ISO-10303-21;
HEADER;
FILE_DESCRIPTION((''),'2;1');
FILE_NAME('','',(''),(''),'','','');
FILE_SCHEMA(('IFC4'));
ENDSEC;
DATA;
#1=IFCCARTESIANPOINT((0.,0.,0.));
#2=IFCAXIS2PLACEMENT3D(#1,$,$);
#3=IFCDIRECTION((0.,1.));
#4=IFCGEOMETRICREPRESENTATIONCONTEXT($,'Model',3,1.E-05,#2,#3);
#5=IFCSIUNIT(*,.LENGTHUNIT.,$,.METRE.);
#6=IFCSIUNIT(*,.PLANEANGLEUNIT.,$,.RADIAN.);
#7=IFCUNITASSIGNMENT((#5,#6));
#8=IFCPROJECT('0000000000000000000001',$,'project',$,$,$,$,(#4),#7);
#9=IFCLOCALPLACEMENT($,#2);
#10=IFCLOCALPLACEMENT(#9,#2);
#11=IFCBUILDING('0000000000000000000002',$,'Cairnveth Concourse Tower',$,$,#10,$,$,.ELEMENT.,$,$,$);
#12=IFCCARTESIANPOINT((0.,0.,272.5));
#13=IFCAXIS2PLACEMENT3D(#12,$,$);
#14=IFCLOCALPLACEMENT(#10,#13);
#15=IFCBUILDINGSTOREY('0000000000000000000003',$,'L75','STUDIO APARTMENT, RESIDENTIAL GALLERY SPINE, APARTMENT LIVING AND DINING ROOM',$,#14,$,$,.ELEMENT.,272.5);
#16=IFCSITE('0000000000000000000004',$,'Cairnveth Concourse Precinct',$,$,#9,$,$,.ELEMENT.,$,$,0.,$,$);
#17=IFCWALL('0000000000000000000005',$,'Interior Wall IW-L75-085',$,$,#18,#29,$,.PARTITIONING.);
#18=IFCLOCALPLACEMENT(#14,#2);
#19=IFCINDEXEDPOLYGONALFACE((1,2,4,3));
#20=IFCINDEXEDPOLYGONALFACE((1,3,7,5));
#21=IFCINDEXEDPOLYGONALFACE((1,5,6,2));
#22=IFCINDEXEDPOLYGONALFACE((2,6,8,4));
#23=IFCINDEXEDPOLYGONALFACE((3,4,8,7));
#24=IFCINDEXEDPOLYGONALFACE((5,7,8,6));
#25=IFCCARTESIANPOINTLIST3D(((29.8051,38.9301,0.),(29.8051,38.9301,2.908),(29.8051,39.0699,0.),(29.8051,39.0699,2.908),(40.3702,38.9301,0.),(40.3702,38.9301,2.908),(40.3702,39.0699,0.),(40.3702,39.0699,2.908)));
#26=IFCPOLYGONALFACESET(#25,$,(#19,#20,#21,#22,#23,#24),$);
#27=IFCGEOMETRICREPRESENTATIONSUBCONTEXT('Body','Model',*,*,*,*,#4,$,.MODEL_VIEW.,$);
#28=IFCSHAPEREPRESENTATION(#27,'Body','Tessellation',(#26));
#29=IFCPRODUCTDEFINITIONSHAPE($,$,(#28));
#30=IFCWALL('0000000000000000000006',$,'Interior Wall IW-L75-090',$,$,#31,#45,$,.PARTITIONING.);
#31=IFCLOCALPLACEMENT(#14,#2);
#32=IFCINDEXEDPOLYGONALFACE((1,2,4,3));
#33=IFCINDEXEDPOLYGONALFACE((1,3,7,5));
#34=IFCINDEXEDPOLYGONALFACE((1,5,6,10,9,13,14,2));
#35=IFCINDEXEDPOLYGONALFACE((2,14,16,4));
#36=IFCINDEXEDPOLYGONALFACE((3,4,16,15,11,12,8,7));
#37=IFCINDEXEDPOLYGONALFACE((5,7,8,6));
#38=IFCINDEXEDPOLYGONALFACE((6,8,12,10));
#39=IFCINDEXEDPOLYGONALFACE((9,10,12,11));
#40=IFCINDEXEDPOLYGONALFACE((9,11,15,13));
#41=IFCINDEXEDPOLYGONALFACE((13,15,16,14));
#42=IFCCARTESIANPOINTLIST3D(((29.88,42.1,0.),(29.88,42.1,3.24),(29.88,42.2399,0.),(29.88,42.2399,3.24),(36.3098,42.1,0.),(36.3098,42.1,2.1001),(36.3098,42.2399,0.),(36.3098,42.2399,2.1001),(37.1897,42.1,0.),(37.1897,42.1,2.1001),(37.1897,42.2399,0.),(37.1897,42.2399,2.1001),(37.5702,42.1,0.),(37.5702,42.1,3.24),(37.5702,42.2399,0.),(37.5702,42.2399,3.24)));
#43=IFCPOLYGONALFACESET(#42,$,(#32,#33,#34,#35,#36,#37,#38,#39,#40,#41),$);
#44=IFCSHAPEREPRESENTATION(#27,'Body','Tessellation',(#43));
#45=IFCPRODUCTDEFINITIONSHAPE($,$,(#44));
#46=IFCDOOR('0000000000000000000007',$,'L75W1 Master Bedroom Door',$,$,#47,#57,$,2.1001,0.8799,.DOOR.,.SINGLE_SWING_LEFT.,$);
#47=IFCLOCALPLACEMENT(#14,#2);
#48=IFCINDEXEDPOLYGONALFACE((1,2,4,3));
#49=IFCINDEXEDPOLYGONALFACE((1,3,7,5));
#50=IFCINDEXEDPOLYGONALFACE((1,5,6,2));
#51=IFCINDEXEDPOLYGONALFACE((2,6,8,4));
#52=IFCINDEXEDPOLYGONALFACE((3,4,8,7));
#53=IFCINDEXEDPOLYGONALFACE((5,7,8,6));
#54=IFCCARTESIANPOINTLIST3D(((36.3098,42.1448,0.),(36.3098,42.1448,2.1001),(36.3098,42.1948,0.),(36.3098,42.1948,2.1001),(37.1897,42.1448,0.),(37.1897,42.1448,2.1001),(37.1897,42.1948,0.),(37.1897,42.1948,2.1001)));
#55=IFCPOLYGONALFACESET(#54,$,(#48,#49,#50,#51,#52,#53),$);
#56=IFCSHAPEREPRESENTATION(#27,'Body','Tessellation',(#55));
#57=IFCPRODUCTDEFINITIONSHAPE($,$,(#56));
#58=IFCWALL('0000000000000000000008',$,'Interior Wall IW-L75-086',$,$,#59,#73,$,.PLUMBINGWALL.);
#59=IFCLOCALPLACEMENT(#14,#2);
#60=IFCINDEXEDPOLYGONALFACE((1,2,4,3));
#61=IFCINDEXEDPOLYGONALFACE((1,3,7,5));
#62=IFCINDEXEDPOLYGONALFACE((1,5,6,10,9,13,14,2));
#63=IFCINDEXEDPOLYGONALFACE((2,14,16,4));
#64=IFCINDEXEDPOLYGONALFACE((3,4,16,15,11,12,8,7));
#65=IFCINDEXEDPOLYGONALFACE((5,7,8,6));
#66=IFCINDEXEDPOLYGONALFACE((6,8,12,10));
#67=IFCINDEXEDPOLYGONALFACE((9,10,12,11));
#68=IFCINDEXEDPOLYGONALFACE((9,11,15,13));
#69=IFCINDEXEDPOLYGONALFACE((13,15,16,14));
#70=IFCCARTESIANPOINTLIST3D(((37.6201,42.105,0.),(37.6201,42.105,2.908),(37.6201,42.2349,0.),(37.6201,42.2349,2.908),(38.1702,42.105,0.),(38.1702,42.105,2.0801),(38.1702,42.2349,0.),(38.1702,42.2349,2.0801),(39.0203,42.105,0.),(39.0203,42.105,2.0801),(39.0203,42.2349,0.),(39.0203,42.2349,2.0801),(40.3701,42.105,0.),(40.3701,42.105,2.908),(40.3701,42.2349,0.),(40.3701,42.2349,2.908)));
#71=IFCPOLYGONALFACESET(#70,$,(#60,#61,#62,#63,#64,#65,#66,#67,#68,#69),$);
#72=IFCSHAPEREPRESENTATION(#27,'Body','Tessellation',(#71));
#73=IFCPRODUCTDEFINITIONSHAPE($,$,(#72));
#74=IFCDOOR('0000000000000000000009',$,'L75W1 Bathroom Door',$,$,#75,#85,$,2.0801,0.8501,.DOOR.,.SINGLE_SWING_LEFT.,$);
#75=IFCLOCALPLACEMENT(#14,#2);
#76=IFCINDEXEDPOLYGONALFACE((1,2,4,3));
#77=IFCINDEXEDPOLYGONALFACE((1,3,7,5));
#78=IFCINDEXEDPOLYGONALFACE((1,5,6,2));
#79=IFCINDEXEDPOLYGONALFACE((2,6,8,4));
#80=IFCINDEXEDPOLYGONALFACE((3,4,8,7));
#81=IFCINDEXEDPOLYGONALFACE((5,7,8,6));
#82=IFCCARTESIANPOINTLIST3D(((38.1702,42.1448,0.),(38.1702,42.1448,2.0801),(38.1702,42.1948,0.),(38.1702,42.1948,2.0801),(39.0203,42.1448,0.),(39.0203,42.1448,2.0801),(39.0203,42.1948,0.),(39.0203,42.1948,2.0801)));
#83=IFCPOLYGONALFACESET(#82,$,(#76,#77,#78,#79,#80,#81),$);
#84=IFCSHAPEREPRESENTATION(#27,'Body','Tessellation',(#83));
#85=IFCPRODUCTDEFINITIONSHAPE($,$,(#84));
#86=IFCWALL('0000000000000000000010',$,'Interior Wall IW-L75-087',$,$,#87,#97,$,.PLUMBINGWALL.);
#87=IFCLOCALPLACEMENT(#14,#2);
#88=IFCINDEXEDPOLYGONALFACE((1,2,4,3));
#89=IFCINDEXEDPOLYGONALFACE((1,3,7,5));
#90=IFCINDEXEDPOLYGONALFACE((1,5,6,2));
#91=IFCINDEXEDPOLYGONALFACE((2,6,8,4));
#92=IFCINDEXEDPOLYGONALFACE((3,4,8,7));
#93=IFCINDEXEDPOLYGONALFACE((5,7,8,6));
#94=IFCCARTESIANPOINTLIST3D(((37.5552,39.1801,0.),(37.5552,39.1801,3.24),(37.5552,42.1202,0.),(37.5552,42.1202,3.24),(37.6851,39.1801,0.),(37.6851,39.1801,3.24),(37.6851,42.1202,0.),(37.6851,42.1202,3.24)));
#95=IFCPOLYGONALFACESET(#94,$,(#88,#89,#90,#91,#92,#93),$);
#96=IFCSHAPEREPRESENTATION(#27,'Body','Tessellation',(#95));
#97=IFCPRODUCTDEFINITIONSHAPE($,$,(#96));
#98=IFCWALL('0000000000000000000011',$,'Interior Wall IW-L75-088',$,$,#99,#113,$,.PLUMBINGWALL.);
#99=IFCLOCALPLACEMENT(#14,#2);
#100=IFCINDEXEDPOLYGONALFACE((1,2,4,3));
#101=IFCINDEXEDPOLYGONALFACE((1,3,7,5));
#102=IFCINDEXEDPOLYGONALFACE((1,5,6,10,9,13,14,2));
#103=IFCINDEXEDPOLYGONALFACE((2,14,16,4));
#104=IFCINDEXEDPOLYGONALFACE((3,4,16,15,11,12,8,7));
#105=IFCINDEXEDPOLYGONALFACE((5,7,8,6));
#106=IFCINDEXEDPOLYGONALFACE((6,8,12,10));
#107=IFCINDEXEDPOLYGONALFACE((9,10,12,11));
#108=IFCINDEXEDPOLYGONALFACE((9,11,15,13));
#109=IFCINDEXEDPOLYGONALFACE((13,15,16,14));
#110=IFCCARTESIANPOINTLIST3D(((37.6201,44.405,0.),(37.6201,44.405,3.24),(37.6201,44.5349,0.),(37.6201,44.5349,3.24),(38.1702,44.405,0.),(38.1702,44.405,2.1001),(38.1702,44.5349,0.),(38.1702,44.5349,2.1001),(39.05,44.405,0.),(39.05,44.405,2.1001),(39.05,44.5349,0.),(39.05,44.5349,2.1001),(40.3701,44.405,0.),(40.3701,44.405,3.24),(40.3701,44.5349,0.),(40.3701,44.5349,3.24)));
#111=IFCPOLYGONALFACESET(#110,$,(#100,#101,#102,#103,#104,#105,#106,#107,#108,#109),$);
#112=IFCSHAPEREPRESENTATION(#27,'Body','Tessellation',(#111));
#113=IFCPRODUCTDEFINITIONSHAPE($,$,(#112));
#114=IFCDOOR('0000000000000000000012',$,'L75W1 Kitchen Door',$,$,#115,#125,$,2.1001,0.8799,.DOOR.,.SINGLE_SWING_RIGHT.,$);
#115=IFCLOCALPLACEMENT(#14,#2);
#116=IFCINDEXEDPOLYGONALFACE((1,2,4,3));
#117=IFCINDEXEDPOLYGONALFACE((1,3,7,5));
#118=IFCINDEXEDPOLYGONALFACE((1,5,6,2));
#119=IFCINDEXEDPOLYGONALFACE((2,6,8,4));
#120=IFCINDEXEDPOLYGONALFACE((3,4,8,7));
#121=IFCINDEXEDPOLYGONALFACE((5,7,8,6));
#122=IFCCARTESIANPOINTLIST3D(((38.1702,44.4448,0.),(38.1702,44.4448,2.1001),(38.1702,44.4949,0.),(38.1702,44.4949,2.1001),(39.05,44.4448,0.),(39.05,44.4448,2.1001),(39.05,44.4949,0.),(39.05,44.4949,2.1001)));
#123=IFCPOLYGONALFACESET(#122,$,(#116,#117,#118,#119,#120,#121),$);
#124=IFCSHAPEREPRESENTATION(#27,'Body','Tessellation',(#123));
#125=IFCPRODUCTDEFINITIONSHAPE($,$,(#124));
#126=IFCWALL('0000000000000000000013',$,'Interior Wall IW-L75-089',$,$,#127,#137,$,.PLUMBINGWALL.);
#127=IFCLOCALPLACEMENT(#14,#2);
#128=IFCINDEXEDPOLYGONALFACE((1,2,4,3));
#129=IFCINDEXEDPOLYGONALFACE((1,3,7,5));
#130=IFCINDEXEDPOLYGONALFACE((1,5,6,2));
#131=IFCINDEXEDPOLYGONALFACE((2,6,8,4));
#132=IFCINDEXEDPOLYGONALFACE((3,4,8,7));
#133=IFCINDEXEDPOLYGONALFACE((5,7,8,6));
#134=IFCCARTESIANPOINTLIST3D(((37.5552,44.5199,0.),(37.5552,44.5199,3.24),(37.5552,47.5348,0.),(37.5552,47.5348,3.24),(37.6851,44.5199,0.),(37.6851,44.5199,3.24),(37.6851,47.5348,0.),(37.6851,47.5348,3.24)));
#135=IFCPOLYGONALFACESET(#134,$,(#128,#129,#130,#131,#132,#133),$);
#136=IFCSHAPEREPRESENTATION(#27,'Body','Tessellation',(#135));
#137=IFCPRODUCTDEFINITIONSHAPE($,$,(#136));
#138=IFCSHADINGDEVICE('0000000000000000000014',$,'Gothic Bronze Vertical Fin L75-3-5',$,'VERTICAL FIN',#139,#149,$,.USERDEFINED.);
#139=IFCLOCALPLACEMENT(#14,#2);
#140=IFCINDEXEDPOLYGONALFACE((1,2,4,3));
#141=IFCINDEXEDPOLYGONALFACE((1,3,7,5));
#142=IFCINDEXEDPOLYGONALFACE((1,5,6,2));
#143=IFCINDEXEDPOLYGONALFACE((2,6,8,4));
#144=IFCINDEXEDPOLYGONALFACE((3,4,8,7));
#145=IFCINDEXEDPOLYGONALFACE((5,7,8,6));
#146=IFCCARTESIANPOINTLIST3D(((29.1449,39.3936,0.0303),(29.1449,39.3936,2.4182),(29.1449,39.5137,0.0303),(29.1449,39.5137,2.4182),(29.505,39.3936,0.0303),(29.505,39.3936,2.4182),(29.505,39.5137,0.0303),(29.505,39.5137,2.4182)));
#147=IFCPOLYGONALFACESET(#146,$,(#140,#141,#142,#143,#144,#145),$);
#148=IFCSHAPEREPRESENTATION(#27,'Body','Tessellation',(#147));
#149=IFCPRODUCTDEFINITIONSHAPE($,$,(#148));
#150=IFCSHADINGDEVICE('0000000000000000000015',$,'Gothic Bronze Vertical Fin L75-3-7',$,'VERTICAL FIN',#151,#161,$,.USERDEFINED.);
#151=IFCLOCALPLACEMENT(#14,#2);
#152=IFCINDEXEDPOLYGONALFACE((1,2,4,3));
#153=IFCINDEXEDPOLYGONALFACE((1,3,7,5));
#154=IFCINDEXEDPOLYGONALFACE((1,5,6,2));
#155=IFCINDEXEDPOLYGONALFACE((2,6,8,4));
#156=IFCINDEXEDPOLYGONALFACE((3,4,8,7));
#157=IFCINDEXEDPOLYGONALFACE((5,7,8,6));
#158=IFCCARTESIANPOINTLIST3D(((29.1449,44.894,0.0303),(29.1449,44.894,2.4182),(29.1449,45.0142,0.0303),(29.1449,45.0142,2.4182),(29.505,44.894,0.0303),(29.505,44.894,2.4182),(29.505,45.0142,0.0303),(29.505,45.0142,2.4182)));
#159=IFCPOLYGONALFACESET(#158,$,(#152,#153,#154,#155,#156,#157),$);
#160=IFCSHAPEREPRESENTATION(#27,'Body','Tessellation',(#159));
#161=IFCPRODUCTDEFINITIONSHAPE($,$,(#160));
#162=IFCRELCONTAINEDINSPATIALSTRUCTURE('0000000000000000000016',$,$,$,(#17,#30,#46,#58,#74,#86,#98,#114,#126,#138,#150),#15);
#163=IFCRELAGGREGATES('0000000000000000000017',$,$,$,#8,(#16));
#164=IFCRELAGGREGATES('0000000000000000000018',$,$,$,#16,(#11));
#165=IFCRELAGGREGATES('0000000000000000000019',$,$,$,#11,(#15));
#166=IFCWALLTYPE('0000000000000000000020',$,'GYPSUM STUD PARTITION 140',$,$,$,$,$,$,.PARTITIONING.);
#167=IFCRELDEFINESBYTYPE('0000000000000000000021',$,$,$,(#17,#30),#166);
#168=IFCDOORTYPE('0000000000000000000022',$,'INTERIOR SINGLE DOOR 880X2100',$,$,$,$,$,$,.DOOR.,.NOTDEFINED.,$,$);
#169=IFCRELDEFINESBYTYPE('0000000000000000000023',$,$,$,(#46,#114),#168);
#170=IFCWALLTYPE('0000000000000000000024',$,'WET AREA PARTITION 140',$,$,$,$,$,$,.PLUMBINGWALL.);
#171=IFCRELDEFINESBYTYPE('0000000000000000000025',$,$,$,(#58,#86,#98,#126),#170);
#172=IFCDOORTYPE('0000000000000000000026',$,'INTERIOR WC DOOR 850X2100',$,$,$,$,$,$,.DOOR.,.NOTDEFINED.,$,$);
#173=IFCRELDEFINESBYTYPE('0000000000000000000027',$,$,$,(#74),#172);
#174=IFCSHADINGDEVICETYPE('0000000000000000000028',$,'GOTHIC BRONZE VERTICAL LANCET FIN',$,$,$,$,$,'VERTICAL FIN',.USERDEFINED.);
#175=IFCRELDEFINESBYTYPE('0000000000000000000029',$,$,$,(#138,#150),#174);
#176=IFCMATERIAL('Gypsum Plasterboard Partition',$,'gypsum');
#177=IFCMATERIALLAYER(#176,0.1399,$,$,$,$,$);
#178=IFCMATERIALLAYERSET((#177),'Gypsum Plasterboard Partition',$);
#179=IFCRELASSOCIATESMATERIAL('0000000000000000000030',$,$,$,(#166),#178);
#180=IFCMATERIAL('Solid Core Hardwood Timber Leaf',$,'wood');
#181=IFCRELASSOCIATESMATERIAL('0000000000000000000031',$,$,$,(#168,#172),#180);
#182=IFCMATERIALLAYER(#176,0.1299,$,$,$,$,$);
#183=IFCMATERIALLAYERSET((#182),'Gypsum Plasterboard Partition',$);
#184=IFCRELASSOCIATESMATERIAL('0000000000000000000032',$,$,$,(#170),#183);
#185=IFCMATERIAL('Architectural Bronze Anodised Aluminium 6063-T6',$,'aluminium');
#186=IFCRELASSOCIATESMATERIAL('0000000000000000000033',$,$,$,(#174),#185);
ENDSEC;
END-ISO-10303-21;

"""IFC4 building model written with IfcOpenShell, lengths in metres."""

from ifc_helpers import new_model, si_unit, direction, frame, frame_2d, origin, origin_2d, place, context, subcontext, project, spatial, rectangle, extrude, material, layer, layer_set, type_object, element, fill, save


model = new_model("IFC4")

# Units and contexts
model_context = context("Model", 3, precision=1e-05, world=origin(), true_north=direction((0.0, 1.0)))
body_context = subcontext(model_context, "Body", "Model", "MODEL_VIEW")
ifc_project = project(units=[si_unit("LENGTHUNIT", "METRE"), si_unit("PLANEANGLEUNIT", "RADIAN")], contexts=[model_context])

# Site, building, storey
site_placement = place(None, origin())
site = spatial("IfcSite", under=ifc_project, at=site_placement, Name="Cairnveth Concourse Precinct", CompositionType="ELEMENT", RefElevation=0.0)
building_placement = place(site_placement, origin())
building = spatial("IfcBuilding", under=site, at=building_placement, Name="Cairnveth Concourse Tower", CompositionType="ELEMENT")
storey_placement = place(building_placement, frame((0.0, 0.0, 272.5)))
storey = spatial("IfcBuildingStorey", under=building, at=storey_placement, Name="L75", Description="STUDIO APARTMENT, RESIDENTIAL GALLERY SPINE, APARTMENT LIVING AND DINING ROOM", CompositionType="ELEMENT", Elevation=272.5)

# Shared definitions
ifc_material_1 = material(Name="Architectural Bronze Anodised Aluminium 6063-T6", Category="aluminium")

# Wall
ifc_material_2 = material(Name="Gypsum Plasterboard Partition", Category="gypsum")
ifc_layer_1 = layer(ifc_material_2, 0.1399)
ifc_layer_set_1 = layer_set([ifc_layer_1], Name="Gypsum Plasterboard Partition")
wall_type_1 = type_object("IfcWallType", Name="GYPSUM STUD PARTITION 140", PredefinedType="PARTITIONING", material=ifc_layer_set_1)
wall_1_placement = place(storey_placement, frame((29.8049, 39.0, 0.0), z_axis=(0.0, 0.0, 1.0), x_axis=(1.0, 0.0, 0.0)))
element("IfcWall", 1, at=wall_1_placement, inside=storey, type_object=wall_type_1, Name="Interior Wall IW-L75-085", PredefinedType="PARTITIONING", context=body_context, shape_type="SweptSolid", body=[
    extrude(rectangle(XDim=10.5652, YDim=0.1399, at=frame_2d((5.2827, 0.0))), origin(), (0.0, 0.0, 1.0), 2.908),
])

# Walls, openings, doors
wall_2_placement = place(storey_placement, frame((29.8799, 42.1699, 0.0), z_axis=(0.0, 0.0, 1.0), x_axis=(1.0, 0.0, 0.0)))
wall_2 = element("IfcWall", 2, at=wall_2_placement, inside=storey, type_object=wall_type_1, Name="Interior Wall IW-L75-090", PredefinedType="PARTITIONING", context=body_context, shape_type="SweptSolid", body=[
    extrude(rectangle(XDim=7.6902, YDim=0.1399, at=frame_2d((3.8452, 0.0))), origin(), (0.0, 0.0, 1.0), 3.24),
])
opening_1_placement = place(wall_2_placement, frame((6.4299, 0.0, 0.0)))
opening_1 = element("IfcOpeningElement", 3, at=opening_1_placement, cuts=wall_2, PredefinedType="OPENING", context=body_context, shape_type="SweptSolid", body=[
    extrude(rectangle(XDim=0.8799, YDim=2.1001, at=frame_2d((0.4399, 1.05))), frame((0.0, 0.0798, 0.0), z_axis=(0.0, -1.0, 0.0), x_axis=(1.0, 0.0, 0.0)), (0.0, 0.0, 1.0), 0.1599),
])
ifc_material_3 = material(Name="Solid Core Hardwood Timber Leaf", Category="wood")
door_type_1 = type_object("IfcDoorType", Name="INTERIOR SINGLE DOOR 880X2100", OperationType="NOTDEFINED", PredefinedType="DOOR", material=ifc_material_3)
door_1_placement = place(opening_1_placement, origin())
door_1 = element("IfcDoor", 4, at=door_1_placement, inside=storey, type_object=door_type_1, Name="L75W1 Master Bedroom Door", OperationType="SINGLE_SWING_LEFT", OverallHeight=2.1001, OverallWidth=0.8799, PredefinedType="DOOR", context=body_context, shape_type="SweptSolid", body=[
    extrude(rectangle(XDim=0.8799, YDim=2.1001, at=frame_2d((0.4399, 1.05))), frame((0.0, 0.0249, 0.0), z_axis=(0.0, -1.0, 0.0), x_axis=(1.0, 0.0, 0.0)), (0.0, 0.0, 1.0), 0.05),
])
fill(opening_1, door_1)
ifc_layer_2 = layer(ifc_material_2, 0.1299)
ifc_layer_set_2 = layer_set([ifc_layer_2], Name="Gypsum Plasterboard Partition")
wall_type_2 = type_object("IfcWallType", Name="WET AREA PARTITION 140", PredefinedType="PLUMBINGWALL", material=ifc_layer_set_2)
wall_3_placement = place(storey_placement, frame((37.6201, 42.1699, 0.0), z_axis=(0.0, 0.0, 1.0), x_axis=(1.0, 0.0, 0.0)))
wall_3 = element("IfcWall", 5, at=wall_3_placement, inside=storey, type_object=wall_type_2, Name="Interior Wall IW-L75-086", PredefinedType="PLUMBINGWALL", context=body_context, shape_type="SweptSolid", body=[
    extrude(rectangle(XDim=2.75, YDim=0.1299, at=frame_2d((1.375, 0.0))), origin(), (0.0, 0.0, 1.0), 2.908),
])
opening_2_placement = place(wall_3_placement, frame((0.55, 0.0, 0.0)))
opening_2 = element("IfcOpeningElement", 6, at=opening_2_placement, cuts=wall_3, PredefinedType="OPENING", context=body_context, shape_type="SweptSolid", body=[
    extrude(rectangle(XDim=0.8501, YDim=2.0801, at=frame_2d((0.425, 1.04))), frame((0.0, 0.075, 0.0), z_axis=(0.0, -1.0, 0.0), x_axis=(1.0, 0.0, 0.0)), (0.0, 0.0, 1.0), 0.1499),
])
door_type_2 = type_object("IfcDoorType", Name="INTERIOR WC DOOR 850X2100", OperationType="NOTDEFINED", PredefinedType="DOOR", material=ifc_material_3)
door_2_placement = place(opening_2_placement, origin())
door_2 = element("IfcDoor", 7, at=door_2_placement, inside=storey, type_object=door_type_2, Name="L75W1 Bathroom Door", OperationType="SINGLE_SWING_LEFT", OverallHeight=2.0801, OverallWidth=0.8501, PredefinedType="DOOR", context=body_context, shape_type="SweptSolid", body=[
    extrude(rectangle(XDim=0.8501, YDim=2.0801, at=frame_2d((0.425, 1.04))), frame((0.0, 0.0249, 0.0), z_axis=(0.0, -1.0, 0.0), x_axis=(1.0, 0.0, 0.0)), (0.0, 0.0, 1.0), 0.05),
])
fill(opening_2, door_2)

# Wall
wall_4_placement = place(storey_placement, frame((37.6201, 39.1799, 0.0), z_axis=(0.0, 0.0, 1.0), x_axis=(0.0, 1.0, 0.0)))
element("IfcWall", 8, at=wall_4_placement, inside=storey, type_object=wall_type_2, Name="Interior Wall IW-L75-087", PredefinedType="PLUMBINGWALL", context=body_context, shape_type="SweptSolid", body=[
    extrude(rectangle(XDim=2.9402, YDim=0.1299, at=frame_2d((1.4702, 0.0))), origin(), (0.0, 0.0, 1.0), 3.24),
])

# Wall, opening, door
wall_5_placement = place(storey_placement, frame((37.6201, 44.47, 0.0), z_axis=(0.0, 0.0, 1.0), x_axis=(1.0, 0.0, 0.0)))
wall_5 = element("IfcWall", 9, at=wall_5_placement, inside=storey, type_object=wall_type_2, Name="Interior Wall IW-L75-088", PredefinedType="PLUMBINGWALL", context=body_context, shape_type="SweptSolid", body=[
    extrude(rectangle(XDim=2.75, YDim=0.1299, at=frame_2d((1.375, 0.0))), origin(), (0.0, 0.0, 1.0), 3.24),
])
opening_3_placement = place(wall_5_placement, frame((0.55, 0.0, 0.0)))
opening_3 = element("IfcOpeningElement", 10, at=opening_3_placement, cuts=wall_5, PredefinedType="OPENING", context=body_context, shape_type="SweptSolid", body=[
    extrude(rectangle(XDim=0.8799, YDim=2.1001, at=frame_2d((0.4399, 1.05))), frame((0.0, 0.075, 0.0), z_axis=(0.0, -1.0, 0.0), x_axis=(1.0, 0.0, 0.0)), (0.0, 0.0, 1.0), 0.1499),
])
door_3_placement = place(opening_3_placement, origin())
door_3 = element("IfcDoor", 11, at=door_3_placement, inside=storey, type_object=door_type_1, Name="L75W1 Kitchen Door", OperationType="SINGLE_SWING_RIGHT", OverallHeight=2.1001, OverallWidth=0.8799, PredefinedType="DOOR", context=body_context, shape_type="SweptSolid", body=[
    extrude(rectangle(XDim=0.8799, YDim=2.1001, at=frame_2d((0.4399, 1.05))), frame((0.0, 0.0249, 0.0), z_axis=(0.0, -1.0, 0.0), x_axis=(1.0, 0.0, 0.0)), (0.0, 0.0, 1.0), 0.05),
])
fill(opening_3, door_3)

# Wall
wall_6_placement = place(storey_placement, frame((37.6201, 44.52, 0.0), z_axis=(0.0, 0.0, 1.0), x_axis=(0.0, 1.0, 0.0)))
element("IfcWall", 12, at=wall_6_placement, inside=storey, type_object=wall_type_2, Name="Interior Wall IW-L75-089", PredefinedType="PLUMBINGWALL", context=body_context, shape_type="SweptSolid", body=[
    extrude(rectangle(XDim=3.0149, YDim=0.1299, at=frame_2d((1.5073, 0.0))), origin(), (0.0, 0.0, 1.0), 3.24),
])

# Shading devices
shading_device_type = type_object("IfcShadingDeviceType", Name="GOTHIC BRONZE VERTICAL LANCET FIN", ElementType="VERTICAL FIN", PredefinedType="USERDEFINED", material=ifc_material_1)
for number, where, z_axis, x_axis, name in (
    (13, (29.325, 39.4536, 0.0303), (0.0, 0.0, 1.0), (0.0, 1.0, 0.0), "Gothic Bronze Vertical Fin L75-3-5"),
    (14, (29.325, 44.9541, 0.0303), (0.0, 0.0, 1.0), (0.0, 1.0, 0.0), "Gothic Bronze Vertical Fin L75-3-7"),
):
    element("IfcShadingDevice", number, at=place(storey_placement, frame(where, z_axis=z_axis, x_axis=x_axis)), inside=storey, type_object=shading_device_type, Name=name, ObjectType="VERTICAL FIN", PredefinedType="USERDEFINED", context=body_context, shape_type="SweptSolid", body=[
        extrude(rectangle(XDim=0.1201, YDim=0.3601, at=origin_2d()), origin(), (0.0, 0.0, 1.0), 2.3879),
    ])

save(model, "model.ifc")
